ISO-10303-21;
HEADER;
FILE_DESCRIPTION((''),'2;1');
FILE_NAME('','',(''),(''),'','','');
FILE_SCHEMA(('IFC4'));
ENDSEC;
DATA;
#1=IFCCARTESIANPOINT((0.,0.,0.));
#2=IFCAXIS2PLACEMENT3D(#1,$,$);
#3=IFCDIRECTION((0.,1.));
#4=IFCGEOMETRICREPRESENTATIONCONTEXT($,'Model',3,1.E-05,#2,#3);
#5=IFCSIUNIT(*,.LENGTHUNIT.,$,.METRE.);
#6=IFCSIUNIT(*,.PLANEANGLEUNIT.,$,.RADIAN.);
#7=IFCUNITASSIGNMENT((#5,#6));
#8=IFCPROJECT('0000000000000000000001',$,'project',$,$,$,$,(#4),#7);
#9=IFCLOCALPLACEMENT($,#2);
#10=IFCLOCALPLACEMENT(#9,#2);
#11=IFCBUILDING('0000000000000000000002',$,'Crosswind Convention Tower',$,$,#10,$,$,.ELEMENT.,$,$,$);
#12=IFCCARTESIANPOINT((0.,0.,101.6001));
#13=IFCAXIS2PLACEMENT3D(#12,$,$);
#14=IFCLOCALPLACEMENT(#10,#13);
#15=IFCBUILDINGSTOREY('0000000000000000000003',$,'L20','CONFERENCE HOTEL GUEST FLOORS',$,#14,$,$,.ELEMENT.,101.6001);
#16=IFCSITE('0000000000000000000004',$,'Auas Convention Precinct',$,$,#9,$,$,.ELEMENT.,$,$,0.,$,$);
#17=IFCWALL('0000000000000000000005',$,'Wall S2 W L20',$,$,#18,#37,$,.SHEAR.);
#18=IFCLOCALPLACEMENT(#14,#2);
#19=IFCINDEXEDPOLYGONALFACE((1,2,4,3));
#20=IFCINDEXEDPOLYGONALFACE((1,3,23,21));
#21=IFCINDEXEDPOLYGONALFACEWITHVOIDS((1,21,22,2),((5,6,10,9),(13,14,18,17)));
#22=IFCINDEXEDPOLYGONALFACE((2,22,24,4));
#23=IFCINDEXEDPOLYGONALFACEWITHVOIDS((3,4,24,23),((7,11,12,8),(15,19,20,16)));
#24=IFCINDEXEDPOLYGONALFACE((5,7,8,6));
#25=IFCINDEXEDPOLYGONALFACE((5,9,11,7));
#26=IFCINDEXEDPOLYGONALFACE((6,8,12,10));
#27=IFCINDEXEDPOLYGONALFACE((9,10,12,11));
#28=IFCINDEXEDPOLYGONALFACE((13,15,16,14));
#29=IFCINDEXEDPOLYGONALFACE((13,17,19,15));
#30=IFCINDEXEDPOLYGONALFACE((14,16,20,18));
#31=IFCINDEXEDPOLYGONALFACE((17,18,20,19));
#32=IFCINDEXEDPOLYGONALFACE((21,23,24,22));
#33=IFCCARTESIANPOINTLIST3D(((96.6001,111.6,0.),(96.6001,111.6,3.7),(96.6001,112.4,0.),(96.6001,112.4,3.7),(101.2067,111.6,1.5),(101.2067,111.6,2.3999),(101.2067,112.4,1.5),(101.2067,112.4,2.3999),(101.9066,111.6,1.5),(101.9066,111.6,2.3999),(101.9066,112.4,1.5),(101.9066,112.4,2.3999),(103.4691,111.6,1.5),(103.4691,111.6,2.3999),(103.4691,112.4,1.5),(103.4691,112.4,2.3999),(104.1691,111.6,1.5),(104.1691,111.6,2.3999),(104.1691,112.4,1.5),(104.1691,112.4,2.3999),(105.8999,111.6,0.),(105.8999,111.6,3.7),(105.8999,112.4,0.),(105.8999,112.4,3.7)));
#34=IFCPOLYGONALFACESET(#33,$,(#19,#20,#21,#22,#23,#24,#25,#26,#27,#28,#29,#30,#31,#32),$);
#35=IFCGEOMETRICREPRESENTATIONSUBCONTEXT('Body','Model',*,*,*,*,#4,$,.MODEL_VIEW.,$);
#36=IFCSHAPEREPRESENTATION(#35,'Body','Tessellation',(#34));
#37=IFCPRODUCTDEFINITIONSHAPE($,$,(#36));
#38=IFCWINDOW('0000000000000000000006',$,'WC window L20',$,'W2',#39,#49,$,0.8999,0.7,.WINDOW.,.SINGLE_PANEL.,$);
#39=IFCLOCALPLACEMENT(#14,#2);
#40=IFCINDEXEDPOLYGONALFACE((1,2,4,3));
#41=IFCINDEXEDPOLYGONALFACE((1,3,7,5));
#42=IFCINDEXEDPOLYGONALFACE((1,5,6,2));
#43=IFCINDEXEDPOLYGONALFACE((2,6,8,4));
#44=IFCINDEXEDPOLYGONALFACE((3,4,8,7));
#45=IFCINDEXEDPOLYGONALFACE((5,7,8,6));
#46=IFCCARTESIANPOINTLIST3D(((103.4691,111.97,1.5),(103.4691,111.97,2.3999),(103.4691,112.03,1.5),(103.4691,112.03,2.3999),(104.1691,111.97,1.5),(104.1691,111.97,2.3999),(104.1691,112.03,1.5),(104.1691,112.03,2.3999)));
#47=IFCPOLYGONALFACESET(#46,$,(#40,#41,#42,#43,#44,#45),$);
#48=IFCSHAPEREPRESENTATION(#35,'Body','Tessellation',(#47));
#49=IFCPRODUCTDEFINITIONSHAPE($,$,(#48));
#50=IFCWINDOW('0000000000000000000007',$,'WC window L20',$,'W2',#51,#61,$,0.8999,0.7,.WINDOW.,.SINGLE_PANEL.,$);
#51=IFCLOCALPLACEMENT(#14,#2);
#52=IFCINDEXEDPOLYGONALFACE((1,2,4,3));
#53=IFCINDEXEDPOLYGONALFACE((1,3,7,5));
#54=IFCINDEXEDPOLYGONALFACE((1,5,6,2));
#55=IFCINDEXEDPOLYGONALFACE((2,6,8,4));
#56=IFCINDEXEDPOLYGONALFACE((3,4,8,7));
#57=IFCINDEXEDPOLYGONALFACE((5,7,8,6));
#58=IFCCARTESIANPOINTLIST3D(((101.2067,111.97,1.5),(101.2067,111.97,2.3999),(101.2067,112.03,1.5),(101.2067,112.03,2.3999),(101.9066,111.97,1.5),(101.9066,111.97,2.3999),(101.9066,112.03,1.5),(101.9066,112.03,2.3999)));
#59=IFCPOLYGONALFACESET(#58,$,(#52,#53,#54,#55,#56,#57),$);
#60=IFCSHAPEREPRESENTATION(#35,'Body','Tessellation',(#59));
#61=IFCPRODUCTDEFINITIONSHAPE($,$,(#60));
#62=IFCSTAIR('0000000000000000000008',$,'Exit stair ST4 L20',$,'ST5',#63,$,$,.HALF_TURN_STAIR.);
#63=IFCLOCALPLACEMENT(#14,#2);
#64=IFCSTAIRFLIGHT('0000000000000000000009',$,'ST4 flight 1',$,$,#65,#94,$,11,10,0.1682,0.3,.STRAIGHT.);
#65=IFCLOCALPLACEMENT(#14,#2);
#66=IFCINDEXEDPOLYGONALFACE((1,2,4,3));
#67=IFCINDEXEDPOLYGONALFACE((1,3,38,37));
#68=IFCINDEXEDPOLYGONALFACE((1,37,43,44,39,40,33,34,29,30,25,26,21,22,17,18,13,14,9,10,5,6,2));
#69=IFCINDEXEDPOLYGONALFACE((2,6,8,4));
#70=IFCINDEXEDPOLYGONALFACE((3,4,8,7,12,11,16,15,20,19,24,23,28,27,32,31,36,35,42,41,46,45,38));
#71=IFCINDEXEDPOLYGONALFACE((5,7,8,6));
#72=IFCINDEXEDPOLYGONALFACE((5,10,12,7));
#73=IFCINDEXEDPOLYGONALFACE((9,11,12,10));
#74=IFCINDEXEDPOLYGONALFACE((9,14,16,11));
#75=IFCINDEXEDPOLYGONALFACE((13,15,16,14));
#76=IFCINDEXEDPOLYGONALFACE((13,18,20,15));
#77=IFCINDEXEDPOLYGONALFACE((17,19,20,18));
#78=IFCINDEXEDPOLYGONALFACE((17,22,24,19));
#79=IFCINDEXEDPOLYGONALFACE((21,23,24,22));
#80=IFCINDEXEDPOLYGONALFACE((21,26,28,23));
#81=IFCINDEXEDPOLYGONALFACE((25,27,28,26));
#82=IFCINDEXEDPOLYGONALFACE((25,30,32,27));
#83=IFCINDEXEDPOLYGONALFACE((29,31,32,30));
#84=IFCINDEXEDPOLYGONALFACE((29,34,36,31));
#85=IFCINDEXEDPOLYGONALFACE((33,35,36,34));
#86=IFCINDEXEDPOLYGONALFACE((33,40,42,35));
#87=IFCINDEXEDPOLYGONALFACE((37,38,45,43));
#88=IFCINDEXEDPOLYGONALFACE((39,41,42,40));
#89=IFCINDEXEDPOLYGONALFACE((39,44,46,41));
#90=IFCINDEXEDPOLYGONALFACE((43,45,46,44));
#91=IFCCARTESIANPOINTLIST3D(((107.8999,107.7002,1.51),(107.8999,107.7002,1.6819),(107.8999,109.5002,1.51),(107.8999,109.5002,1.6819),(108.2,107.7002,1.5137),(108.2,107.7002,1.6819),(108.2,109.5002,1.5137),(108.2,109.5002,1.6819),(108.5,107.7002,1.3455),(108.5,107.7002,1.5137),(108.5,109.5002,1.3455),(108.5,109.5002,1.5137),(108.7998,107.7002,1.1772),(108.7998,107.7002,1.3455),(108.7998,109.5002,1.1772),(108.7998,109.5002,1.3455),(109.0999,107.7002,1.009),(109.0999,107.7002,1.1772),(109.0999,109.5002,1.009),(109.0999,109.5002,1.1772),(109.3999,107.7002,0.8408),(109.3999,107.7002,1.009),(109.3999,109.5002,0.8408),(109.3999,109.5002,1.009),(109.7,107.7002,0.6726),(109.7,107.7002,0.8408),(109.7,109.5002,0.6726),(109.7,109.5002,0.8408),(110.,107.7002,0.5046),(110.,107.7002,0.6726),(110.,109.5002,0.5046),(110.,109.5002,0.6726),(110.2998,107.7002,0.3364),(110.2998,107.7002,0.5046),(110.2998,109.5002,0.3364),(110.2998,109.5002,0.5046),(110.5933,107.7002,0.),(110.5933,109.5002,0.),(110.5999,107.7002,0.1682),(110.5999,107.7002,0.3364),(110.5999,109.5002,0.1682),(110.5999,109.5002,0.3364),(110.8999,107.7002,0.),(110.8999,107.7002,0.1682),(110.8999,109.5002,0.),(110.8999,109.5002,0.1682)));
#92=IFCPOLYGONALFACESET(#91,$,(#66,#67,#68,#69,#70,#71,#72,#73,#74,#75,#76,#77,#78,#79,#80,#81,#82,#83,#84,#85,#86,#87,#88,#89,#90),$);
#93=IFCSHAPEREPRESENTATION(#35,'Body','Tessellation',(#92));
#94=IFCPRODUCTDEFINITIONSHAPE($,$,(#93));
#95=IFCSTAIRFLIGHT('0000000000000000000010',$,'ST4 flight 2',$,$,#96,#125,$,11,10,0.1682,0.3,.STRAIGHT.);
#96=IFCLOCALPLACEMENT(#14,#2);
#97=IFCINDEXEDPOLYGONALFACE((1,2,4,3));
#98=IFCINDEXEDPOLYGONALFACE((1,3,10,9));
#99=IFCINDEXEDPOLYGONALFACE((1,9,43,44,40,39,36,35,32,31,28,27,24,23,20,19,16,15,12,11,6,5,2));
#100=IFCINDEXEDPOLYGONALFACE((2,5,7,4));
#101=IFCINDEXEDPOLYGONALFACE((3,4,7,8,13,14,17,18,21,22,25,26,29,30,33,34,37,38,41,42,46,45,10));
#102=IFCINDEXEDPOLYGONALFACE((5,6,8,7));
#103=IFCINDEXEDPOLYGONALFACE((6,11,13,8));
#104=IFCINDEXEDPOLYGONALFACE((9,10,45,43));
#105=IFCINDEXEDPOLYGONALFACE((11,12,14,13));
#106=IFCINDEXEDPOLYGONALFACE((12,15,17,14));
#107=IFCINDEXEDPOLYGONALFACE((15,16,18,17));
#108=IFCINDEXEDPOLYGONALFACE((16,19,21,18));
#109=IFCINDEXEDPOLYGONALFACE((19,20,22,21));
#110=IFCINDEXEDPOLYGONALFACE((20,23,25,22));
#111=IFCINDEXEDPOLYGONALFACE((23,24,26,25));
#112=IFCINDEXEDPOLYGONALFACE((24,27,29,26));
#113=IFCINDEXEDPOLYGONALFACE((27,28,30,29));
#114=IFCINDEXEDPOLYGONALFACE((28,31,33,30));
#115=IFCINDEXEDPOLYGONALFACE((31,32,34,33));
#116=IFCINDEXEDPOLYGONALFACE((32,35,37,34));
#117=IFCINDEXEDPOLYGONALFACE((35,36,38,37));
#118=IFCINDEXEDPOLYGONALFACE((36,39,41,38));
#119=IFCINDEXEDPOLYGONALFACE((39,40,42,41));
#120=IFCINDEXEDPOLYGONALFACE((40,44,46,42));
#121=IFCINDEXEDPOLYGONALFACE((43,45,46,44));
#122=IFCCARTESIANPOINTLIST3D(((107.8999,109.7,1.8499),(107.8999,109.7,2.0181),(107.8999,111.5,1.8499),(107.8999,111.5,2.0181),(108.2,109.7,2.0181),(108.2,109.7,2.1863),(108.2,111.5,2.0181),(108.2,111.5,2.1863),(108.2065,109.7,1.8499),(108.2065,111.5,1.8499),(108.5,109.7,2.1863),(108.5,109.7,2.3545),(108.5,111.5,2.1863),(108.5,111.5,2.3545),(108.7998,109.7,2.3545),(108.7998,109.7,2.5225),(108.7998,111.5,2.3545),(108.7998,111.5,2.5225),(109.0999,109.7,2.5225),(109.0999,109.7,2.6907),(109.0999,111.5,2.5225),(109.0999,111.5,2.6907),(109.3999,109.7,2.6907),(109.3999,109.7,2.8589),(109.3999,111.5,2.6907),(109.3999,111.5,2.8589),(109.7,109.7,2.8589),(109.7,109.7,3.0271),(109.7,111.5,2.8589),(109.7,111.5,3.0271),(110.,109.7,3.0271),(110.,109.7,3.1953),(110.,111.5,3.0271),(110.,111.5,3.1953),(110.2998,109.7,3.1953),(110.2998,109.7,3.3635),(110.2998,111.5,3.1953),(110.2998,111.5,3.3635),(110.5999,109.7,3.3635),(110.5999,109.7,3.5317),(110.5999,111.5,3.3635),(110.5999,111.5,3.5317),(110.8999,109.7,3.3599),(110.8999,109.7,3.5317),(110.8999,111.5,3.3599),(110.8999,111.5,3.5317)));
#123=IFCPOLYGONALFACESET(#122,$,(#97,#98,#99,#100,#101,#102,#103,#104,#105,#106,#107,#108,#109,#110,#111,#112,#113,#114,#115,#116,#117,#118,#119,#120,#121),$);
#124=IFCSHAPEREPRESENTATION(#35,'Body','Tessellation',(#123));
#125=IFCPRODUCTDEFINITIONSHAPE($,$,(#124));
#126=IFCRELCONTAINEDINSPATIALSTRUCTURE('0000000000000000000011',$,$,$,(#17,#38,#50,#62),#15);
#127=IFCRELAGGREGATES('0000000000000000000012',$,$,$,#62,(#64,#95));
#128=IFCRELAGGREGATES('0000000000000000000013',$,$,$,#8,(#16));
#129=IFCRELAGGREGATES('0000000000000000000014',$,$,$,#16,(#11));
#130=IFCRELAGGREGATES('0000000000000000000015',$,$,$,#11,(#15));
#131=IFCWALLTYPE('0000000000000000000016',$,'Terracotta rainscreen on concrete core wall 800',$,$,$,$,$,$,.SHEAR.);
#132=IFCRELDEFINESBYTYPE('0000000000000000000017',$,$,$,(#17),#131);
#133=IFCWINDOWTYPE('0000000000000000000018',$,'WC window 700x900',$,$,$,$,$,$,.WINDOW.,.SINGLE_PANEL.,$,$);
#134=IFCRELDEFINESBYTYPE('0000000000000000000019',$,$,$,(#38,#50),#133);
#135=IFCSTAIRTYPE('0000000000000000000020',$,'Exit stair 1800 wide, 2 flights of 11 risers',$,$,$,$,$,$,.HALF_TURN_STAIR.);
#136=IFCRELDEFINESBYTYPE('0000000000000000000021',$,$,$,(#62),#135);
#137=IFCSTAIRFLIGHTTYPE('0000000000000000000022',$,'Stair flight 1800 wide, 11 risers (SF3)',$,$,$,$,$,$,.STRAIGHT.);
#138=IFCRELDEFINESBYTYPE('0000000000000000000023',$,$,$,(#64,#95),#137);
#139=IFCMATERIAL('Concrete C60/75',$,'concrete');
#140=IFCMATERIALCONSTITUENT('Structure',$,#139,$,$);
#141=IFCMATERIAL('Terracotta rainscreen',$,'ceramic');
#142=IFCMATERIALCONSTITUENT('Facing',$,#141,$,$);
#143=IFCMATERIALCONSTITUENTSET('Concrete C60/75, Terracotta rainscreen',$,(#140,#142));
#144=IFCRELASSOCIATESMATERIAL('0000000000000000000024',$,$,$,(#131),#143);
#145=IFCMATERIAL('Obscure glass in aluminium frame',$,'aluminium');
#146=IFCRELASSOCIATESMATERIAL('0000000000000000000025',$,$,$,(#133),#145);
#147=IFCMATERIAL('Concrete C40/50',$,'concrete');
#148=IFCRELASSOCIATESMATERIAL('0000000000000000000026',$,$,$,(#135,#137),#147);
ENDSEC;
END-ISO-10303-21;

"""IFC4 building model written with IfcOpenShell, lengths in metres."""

from ifc_helpers import new_model, si_unit, direction, frame, frame_2d, origin, place, context, subcontext, project, spatial, polyline, rectangle, outline, extrude, material, constituent, constituent_set, type_object, element, fill, aggregate, save


model = new_model("IFC4")

# Units and contexts
model_context = context("Model", 3, precision=1e-05, world=origin(), true_north=direction((0.0, 1.0)))
body_context = subcontext(model_context, "Body", "Model", "MODEL_VIEW")
ifc_project = project(units=[si_unit("LENGTHUNIT", "METRE"), si_unit("PLANEANGLEUNIT", "RADIAN")], contexts=[model_context])

# Site, building, storey
site_placement = place(None, origin())
site = spatial("IfcSite", under=ifc_project, at=site_placement, Name="Auas Convention Precinct", CompositionType="ELEMENT", RefElevation=0.0)
building_placement = place(site_placement, origin())
building = spatial("IfcBuilding", under=site, at=building_placement, Name="Crosswind Convention Tower", CompositionType="ELEMENT")
storey_placement = place(building_placement, frame((0.0, 0.0, 101.6001)))
storey = spatial("IfcBuildingStorey", under=building, at=storey_placement, Name="L20", Description="CONFERENCE HOTEL GUEST FLOORS", CompositionType="ELEMENT", Elevation=101.6001)

# Wall, openings, windows
ifc_material_1 = material(Name="Concrete C60/75", Category="concrete")
ifc_constituent_1 = constituent(ifc_material_1, Name="Structure")
ifc_material_2 = material(Name="Terracotta rainscreen", Category="ceramic")
ifc_constituent_2 = constituent(ifc_material_2, Name="Facing")
ifc_constituent_set = constituent_set(constituents=[ifc_constituent_1, ifc_constituent_2], Name="Concrete C60/75, Terracotta rainscreen")
wall_type_1 = type_object("IfcWallType", Name="Terracotta rainscreen on concrete core wall 800", PredefinedType="SHEAR", material=ifc_constituent_set)
wall_1_placement = place(storey_placement, frame((105.8999, 112.0, 0.0), z_axis=(0.0, 0.0, 1.0), x_axis=(-1.0, 0.0, 0.0)))
wall_1 = element("IfcWall", 1, at=wall_1_placement, inside=storey, type_object=wall_type_1, Name="Wall S2 W L20", PredefinedType="SHEAR", context=body_context, shape_type="SweptSolid", body=[
    extrude(rectangle(XDim=9.2998, YDim=0.8, at=frame_2d((4.6499, 0.0))), origin(), (0.0, 0.0, 1.0), 3.7),
])
opening_1_placement = place(wall_1_placement, frame((1.7307, 0.0, 1.5)))
opening_1 = element("IfcOpeningElement", 2, at=opening_1_placement, cuts=wall_1, PredefinedType="OPENING", context=body_context, shape_type="SweptSolid", body=[
    extrude(rectangle(XDim=0.7, YDim=0.8999, at=frame_2d((0.3501, 0.45))), frame((0.0, 0.4099, 0.0), z_axis=(0.0, -1.0, 0.0), x_axis=(1.0, 0.0, 0.0)), (0.0, 0.0, 1.0), 0.8201),
])
opening_2_placement = place(wall_1_placement, frame((3.9932, 0.0, 1.5)))
opening_2 = element("IfcOpeningElement", 3, at=opening_2_placement, cuts=wall_1, PredefinedType="OPENING", context=body_context, shape_type="SweptSolid", body=[
    extrude(rectangle(XDim=0.7, YDim=0.8999, at=frame_2d((0.3501, 0.45))), frame((0.0, 0.4099, 0.0), z_axis=(0.0, -1.0, 0.0), x_axis=(1.0, 0.0, 0.0)), (0.0, 0.0, 1.0), 0.8201),
])
ifc_material_3 = material(Name="Obscure glass in aluminium frame", Category="aluminium")
window_type = type_object("IfcWindowType", Name="WC window 700x900", PartitioningType="SINGLE_PANEL", PredefinedType="WINDOW", material=ifc_material_3)
window_1_placement = place(opening_1_placement, origin())
window_1 = element("IfcWindow", 4, at=window_1_placement, inside=storey, type_object=window_type, Name="WC window L20", ObjectType="W2", OverallHeight=0.8999, OverallWidth=0.7, PartitioningType="SINGLE_PANEL", PredefinedType="WINDOW", context=body_context, shape_type="SweptSolid", body=[
    extrude(rectangle(XDim=0.7, YDim=0.8999, at=frame_2d((0.3501, 0.45))), frame((0.0, 0.03, 0.0), z_axis=(0.0, -1.0, 0.0), x_axis=(1.0, 0.0, 0.0)), (0.0, 0.0, 1.0), 0.0601),
])
fill(opening_1, window_1)
window_2_placement = place(opening_2_placement, origin())
window_2 = element("IfcWindow", 5, at=window_2_placement, inside=storey, type_object=window_type, Name="WC window L20", ObjectType="W2", OverallHeight=0.8999, OverallWidth=0.7, PartitioningType="SINGLE_PANEL", PredefinedType="WINDOW", context=body_context, shape_type="SweptSolid", body=[
    extrude(rectangle(XDim=0.7, YDim=0.8999, at=frame_2d((0.3501, 0.45))), frame((0.0, 0.03, 0.0), z_axis=(0.0, -1.0, 0.0), x_axis=(1.0, 0.0, 0.0)), (0.0, 0.0, 1.0), 0.0601),
])
fill(opening_2, window_2)

# Stair, stair flights
ifc_material_4 = material(Name="Concrete C40/50", Category="concrete")
stair_type = type_object("IfcStairType", Name="Exit stair 1800 wide, 2 flights of 11 risers", PredefinedType="HALF_TURN_STAIR", material=ifc_material_4)
stair_placement = place(storey_placement, origin())
stair = element("IfcStair", 6, at=stair_placement, inside=storey, type_object=stair_type, Name="Exit stair ST4 L20", ObjectType="ST5", PredefinedType="HALF_TURN_STAIR")
stair_flight_type = type_object("IfcStairFlightType", Name="Stair flight 1800 wide, 11 risers (SF3)", PredefinedType="STRAIGHT", material=ifc_material_4)
stair_flight_1_placement = place(storey_placement, frame((110.8999, 108.6001, 0.0), z_axis=(0.0, 0.0, 1.0), x_axis=(-1.0, 0.0, 0.0)))
stair_flight_1 = element("IfcStairFlight", 7, at=stair_flight_1_placement, type_object=stair_flight_type, Name="ST4 flight 1", NumberOfRisers=11, NumberOfTreads=10, PredefinedType="STRAIGHT", RiserHeight=0.1682, TreadLength=0.3, context=body_context, shape_type="SweptSolid", body=[
    extrude(outline(polyline([(0.0, 0.0), (0.0, 0.1682), (0.3, 0.1682), (0.3, 0.3364), (0.6001, 0.3364), (0.6001, 0.5046), (0.8999, 0.5046), (0.8999, 0.6726), (1.2, 0.6726), (1.2, 0.8408), (1.5, 0.8408), (1.5, 1.009), (1.8, 1.009), (1.8, 1.1772), (2.1001, 1.1772), (2.1001, 1.3455), (2.3999, 1.3455), (2.3999, 1.5137), (2.7, 1.5137), (2.7, 1.6819), (3.0, 1.6819), (3.0, 1.8501), (3.0, 1.51), (0.3066, 0.0), (0.0, 0.0)])), frame((0.0, 0.8999, 0.0), z_axis=(0.0, -1.0, 0.0), x_axis=(1.0, 0.0, 0.0)), (0.0, 0.0, 1.0), 1.8),
])
stair_flight_2_placement = place(storey_placement, frame((107.8999, 110.6001, 1.8499), z_axis=(0.0, 0.0, 1.0), x_axis=(1.0, 0.0, 0.0)))
stair_flight_2 = element("IfcStairFlight", 8, at=stair_flight_2_placement, type_object=stair_flight_type, Name="ST4 flight 2", NumberOfRisers=11, NumberOfTreads=10, PredefinedType="STRAIGHT", RiserHeight=0.1682, TreadLength=0.3, context=body_context, shape_type="SweptSolid", body=[
    extrude(outline(polyline([(0.0, 0.0), (0.0, 0.1682), (0.3, 0.1682), (0.3, 0.3364), (0.6001, 0.3364), (0.6001, 0.5046), (0.8999, 0.5046), (0.8999, 0.6726), (1.2, 0.6726), (1.2, 0.8408), (1.5, 0.8408), (1.5, 1.009), (1.8, 1.009), (1.8, 1.1772), (2.1001, 1.1772), (2.1001, 1.3455), (2.3999, 1.3455), (2.3999, 1.5137), (2.7, 1.5137), (2.7, 1.6819), (3.0, 1.6819), (3.0, 1.8501), (3.0, 1.51), (0.3066, 0.0), (0.0, 0.0)])), frame((0.0, 0.8999, 0.0), z_axis=(0.0, -1.0, 0.0), x_axis=(1.0, 0.0, 0.0)), (0.0, 0.0, 1.0), 1.8),
])
aggregate(stair, [stair_flight_1, stair_flight_2])

save(model, "model.ifc")
